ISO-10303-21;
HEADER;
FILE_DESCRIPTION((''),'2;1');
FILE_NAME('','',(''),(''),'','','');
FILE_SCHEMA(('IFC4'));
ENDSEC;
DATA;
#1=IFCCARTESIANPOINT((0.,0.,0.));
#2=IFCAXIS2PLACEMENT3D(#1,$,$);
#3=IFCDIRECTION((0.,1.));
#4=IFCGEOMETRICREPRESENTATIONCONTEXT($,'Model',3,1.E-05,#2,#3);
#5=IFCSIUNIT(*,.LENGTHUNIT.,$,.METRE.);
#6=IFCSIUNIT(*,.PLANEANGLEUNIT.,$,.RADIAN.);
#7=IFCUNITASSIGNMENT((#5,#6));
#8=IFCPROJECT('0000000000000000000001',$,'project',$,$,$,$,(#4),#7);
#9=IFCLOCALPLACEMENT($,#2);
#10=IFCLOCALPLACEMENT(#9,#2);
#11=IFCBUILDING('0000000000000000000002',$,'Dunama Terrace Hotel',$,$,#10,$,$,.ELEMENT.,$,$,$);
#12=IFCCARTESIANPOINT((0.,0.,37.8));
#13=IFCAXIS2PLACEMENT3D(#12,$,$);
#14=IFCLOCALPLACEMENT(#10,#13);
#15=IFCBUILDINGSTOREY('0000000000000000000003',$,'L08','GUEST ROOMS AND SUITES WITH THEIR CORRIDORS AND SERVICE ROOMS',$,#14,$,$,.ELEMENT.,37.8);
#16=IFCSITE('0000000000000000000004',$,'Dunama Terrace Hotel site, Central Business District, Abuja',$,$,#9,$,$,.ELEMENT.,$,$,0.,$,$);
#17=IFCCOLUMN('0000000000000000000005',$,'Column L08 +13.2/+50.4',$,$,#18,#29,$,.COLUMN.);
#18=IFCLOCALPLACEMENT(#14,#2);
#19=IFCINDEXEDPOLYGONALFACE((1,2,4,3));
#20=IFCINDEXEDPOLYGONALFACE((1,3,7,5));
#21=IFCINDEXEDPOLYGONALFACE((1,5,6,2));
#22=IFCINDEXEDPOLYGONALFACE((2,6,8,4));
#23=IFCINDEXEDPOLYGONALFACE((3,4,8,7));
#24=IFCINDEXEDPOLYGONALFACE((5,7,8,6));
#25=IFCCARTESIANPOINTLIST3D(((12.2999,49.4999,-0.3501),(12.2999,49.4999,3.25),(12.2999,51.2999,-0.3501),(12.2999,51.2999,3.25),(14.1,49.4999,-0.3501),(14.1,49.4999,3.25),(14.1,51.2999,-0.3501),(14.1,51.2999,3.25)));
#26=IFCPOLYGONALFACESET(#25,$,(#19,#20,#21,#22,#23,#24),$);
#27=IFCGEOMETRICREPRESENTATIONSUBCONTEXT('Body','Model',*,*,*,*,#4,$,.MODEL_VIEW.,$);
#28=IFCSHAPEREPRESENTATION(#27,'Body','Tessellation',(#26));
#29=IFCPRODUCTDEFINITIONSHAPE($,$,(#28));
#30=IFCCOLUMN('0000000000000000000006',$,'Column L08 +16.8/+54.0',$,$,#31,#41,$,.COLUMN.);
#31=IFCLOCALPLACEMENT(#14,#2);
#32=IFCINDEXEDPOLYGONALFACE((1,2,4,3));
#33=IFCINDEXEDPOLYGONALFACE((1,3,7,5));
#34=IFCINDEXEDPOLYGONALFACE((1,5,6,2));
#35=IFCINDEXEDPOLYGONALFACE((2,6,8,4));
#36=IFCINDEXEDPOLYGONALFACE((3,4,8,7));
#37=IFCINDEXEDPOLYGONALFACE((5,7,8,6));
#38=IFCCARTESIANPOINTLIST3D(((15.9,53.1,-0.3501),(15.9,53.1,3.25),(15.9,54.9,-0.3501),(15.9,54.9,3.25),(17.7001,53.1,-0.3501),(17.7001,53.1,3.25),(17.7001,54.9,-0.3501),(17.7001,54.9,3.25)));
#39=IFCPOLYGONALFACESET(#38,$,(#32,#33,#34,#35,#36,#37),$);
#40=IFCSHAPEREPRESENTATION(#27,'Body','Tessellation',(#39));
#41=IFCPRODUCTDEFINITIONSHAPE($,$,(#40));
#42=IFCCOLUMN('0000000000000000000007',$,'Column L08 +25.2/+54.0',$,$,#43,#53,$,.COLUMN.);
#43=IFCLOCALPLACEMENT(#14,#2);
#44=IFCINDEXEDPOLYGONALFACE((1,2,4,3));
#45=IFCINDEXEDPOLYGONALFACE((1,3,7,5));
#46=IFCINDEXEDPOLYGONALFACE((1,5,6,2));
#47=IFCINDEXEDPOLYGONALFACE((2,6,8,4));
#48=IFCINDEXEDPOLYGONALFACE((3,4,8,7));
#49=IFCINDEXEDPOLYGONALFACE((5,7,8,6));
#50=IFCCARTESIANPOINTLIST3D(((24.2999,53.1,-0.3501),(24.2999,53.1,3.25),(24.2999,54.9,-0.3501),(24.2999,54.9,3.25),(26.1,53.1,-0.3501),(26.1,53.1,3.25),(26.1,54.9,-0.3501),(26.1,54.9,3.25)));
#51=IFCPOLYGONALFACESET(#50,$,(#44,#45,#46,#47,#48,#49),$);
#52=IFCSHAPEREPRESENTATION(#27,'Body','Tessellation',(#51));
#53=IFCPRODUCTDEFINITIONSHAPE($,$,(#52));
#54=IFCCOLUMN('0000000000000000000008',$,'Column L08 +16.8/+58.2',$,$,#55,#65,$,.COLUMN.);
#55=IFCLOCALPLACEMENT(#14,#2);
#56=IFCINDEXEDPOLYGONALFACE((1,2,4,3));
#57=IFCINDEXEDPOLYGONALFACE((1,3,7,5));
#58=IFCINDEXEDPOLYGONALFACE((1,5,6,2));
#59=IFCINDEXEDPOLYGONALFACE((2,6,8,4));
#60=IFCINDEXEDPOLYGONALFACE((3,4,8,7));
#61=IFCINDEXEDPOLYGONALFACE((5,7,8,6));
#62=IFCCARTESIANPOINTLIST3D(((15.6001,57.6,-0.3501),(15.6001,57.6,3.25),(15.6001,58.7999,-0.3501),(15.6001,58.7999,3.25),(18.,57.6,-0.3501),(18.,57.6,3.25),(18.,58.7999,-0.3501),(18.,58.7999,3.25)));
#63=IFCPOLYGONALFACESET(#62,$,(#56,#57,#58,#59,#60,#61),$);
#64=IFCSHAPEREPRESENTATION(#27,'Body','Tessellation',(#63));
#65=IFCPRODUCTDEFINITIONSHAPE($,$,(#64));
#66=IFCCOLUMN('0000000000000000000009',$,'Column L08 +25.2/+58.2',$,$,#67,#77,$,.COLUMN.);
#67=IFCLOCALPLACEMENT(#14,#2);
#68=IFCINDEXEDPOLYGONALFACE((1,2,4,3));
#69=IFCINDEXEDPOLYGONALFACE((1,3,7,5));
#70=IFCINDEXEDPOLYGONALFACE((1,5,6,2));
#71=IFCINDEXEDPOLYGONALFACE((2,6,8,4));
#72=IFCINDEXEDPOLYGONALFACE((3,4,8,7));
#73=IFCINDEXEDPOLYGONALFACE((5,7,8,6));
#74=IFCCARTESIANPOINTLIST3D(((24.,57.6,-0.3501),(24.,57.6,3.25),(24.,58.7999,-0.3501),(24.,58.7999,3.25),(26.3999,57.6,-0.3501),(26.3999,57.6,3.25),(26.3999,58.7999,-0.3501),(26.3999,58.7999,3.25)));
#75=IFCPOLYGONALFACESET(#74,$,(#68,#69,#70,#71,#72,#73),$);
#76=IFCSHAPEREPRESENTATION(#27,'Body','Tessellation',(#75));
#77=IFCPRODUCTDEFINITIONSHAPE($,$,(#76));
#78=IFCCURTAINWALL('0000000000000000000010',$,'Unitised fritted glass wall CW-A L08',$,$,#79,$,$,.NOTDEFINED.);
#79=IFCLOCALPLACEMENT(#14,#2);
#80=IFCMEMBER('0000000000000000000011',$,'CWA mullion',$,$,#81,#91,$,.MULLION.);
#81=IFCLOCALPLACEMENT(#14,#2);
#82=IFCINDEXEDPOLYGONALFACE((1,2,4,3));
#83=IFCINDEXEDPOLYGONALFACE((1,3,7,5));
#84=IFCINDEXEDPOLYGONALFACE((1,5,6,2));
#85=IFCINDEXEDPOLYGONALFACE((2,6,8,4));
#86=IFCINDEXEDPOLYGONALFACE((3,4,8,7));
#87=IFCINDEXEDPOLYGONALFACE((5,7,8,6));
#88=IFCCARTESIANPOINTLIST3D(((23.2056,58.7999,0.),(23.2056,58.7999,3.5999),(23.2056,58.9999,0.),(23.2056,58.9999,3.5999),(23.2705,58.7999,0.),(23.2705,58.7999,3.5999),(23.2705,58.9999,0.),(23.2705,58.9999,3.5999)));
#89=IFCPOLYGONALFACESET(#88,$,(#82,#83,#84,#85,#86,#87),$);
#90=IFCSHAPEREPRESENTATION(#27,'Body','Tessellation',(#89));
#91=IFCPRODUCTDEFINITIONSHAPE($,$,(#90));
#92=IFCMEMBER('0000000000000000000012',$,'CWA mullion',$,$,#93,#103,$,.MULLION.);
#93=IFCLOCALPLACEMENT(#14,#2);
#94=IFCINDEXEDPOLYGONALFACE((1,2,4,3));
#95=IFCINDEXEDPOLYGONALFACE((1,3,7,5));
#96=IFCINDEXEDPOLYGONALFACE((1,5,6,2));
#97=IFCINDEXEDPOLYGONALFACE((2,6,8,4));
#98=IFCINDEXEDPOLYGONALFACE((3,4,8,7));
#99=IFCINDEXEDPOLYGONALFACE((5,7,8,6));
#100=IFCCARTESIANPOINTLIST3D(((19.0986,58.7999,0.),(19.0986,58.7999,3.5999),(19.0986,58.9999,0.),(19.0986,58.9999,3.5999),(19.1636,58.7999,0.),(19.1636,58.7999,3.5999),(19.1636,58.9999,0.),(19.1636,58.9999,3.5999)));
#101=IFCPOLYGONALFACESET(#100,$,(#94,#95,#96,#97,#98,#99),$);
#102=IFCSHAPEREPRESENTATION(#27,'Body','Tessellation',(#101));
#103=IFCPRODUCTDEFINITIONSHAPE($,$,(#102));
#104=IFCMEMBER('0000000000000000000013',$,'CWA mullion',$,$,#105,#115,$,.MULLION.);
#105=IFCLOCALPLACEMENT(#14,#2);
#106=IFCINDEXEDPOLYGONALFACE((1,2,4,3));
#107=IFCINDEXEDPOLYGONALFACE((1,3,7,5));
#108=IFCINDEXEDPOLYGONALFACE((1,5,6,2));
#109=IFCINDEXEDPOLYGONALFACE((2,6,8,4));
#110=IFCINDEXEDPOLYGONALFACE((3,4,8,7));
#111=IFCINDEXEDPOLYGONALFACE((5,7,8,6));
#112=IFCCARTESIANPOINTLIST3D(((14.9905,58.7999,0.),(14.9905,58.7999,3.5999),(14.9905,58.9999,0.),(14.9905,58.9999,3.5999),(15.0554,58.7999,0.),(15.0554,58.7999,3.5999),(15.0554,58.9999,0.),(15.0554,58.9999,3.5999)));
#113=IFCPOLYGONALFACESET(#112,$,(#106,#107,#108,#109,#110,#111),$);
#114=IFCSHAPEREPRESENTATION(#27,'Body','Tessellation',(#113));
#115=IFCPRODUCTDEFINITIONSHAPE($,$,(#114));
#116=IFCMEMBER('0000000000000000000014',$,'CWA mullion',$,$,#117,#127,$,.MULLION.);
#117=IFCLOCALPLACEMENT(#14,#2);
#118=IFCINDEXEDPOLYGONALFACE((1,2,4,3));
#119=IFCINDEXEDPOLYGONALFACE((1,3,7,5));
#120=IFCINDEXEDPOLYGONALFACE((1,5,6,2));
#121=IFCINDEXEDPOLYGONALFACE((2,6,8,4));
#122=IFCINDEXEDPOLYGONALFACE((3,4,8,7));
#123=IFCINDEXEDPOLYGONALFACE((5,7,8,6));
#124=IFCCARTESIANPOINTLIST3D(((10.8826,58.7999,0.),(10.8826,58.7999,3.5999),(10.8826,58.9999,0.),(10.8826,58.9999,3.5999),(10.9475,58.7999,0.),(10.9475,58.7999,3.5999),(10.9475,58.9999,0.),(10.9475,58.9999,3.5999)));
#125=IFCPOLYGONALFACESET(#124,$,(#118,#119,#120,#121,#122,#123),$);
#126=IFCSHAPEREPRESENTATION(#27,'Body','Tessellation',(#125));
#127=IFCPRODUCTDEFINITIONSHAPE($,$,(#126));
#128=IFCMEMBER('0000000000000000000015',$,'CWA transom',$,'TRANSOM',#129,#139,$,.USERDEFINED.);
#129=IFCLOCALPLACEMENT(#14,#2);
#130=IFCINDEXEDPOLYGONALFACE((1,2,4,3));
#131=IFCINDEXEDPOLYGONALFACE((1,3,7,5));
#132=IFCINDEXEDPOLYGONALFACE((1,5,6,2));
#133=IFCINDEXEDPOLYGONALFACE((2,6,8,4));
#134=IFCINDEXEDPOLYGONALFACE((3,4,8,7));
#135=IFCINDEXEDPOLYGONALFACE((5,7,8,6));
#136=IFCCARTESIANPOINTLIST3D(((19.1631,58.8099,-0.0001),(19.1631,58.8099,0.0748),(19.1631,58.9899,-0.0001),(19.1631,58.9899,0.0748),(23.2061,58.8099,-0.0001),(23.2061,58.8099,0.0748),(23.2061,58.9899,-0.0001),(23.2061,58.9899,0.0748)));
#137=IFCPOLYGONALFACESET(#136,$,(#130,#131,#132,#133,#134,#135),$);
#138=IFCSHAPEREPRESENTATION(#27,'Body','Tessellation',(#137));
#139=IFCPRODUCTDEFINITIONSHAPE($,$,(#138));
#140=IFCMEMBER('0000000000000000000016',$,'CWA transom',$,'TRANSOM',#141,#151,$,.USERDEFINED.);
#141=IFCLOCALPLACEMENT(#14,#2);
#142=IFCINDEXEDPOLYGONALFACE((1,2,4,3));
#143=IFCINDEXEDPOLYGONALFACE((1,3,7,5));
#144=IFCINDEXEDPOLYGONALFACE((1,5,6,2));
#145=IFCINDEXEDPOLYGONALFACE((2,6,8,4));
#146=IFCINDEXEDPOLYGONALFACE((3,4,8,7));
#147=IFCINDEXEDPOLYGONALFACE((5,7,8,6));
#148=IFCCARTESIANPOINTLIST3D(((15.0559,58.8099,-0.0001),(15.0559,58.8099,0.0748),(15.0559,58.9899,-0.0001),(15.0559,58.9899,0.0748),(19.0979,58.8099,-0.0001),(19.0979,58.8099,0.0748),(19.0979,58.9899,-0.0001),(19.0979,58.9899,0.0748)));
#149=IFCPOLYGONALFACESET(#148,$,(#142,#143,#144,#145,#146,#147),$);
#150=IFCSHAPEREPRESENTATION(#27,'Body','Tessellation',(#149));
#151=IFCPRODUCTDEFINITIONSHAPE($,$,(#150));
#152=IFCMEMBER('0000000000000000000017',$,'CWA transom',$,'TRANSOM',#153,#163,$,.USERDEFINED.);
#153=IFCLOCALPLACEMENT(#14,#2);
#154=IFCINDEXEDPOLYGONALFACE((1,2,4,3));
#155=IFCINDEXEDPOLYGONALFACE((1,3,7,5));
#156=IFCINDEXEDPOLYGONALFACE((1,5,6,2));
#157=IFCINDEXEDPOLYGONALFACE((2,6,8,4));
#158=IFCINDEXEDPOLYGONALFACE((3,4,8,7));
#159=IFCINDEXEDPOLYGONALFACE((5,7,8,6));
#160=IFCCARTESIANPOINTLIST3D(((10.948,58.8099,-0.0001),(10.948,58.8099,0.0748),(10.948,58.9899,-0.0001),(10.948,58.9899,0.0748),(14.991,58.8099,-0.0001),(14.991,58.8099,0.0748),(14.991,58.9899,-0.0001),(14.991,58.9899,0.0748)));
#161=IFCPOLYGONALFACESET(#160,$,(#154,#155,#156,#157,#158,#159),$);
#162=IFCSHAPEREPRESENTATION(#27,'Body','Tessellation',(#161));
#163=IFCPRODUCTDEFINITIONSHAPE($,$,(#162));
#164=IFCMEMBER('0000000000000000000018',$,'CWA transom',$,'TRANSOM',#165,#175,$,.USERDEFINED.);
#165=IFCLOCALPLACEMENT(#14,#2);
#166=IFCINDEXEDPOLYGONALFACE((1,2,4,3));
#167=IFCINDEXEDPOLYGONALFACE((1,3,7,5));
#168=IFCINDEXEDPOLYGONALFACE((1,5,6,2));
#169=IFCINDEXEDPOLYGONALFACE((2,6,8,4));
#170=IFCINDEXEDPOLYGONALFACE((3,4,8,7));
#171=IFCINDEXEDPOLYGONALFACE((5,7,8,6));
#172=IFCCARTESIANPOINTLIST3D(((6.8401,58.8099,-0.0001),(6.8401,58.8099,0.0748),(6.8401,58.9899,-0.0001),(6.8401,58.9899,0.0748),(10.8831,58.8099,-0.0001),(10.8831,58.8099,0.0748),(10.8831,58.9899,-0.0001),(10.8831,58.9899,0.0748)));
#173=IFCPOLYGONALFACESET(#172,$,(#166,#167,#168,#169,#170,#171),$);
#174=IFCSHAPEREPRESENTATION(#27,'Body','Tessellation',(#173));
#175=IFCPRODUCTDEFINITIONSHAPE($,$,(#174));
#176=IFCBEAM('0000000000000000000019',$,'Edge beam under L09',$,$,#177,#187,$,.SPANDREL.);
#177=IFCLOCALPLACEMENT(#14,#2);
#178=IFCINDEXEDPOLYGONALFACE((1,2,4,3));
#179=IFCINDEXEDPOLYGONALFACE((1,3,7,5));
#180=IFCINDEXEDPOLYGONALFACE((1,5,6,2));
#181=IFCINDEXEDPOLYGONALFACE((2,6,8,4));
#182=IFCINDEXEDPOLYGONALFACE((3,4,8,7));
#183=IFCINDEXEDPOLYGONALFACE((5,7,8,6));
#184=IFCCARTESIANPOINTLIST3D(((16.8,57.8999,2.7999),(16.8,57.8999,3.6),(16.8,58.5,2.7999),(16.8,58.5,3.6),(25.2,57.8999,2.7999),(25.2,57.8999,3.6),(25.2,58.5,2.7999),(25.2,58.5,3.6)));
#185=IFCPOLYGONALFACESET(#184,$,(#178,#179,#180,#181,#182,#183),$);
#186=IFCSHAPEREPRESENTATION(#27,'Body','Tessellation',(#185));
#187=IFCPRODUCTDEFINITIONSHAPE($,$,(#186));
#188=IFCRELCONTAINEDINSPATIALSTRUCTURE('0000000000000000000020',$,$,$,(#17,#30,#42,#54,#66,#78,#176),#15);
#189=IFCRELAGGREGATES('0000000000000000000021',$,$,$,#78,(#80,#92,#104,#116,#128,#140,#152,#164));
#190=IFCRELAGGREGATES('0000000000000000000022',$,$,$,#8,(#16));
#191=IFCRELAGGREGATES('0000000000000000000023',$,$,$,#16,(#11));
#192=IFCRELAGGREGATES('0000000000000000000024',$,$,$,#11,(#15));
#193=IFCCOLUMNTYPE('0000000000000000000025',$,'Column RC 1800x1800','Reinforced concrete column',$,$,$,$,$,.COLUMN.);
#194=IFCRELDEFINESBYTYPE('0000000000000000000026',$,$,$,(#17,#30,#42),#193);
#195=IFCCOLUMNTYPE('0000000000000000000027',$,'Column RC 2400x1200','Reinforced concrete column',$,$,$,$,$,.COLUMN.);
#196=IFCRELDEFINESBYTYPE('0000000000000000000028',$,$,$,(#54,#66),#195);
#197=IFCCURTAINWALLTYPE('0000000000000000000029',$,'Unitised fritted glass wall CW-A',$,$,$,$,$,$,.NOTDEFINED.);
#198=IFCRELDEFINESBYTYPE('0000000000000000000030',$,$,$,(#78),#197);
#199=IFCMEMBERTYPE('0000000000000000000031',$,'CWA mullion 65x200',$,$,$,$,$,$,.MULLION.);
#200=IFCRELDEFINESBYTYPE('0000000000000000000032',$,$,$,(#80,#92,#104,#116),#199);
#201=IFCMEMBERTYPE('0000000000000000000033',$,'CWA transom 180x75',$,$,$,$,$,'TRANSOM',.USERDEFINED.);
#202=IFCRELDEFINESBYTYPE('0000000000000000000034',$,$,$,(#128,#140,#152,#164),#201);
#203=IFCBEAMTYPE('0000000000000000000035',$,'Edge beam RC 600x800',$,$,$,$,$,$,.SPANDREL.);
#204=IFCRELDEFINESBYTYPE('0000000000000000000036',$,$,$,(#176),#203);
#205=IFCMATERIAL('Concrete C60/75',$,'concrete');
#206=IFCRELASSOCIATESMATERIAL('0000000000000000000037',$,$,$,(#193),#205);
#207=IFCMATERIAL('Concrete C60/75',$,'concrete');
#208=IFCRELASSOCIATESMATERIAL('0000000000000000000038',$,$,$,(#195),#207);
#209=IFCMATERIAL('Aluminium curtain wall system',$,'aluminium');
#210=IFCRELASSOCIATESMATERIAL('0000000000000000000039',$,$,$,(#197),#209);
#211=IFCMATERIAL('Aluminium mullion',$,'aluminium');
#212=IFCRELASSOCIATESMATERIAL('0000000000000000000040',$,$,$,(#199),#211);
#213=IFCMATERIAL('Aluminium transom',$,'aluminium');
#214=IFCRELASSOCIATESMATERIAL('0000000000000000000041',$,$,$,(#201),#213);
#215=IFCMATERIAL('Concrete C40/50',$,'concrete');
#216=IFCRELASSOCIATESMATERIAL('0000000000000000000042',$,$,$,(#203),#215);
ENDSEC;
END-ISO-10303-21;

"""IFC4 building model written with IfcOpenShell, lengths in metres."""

from ifc_helpers import new_model, si_unit, direction, frame, origin, origin_2d, place, context, subcontext, project, spatial, rectangle, extrude, material, material_profile, profile_set, type_object, element, aggregate, save


model = new_model("IFC4")

# Units and contexts
model_context = context("Model", 3, precision=1e-05, world=origin(), true_north=direction((0.0, 1.0)))
body_context = subcontext(model_context, "Body", "Model", "MODEL_VIEW")
ifc_project = project(units=[si_unit("LENGTHUNIT", "METRE"), si_unit("PLANEANGLEUNIT", "RADIAN")], contexts=[model_context])

# Site, building, storey
site_placement = place(None, origin())
site = spatial("IfcSite", under=ifc_project, at=site_placement, Name="Dunama Terrace Hotel site, Central Business District, Abuja", CompositionType="ELEMENT", RefElevation=0.0)
building_placement = place(site_placement, origin())
building = spatial("IfcBuilding", under=site, at=building_placement, Name="Dunama Terrace Hotel", CompositionType="ELEMENT")
storey_placement = place(building_placement, frame((0.0, 0.0, 37.8)))
storey = spatial("IfcBuildingStorey", under=building, at=storey_placement, Name="L08", Description="GUEST ROOMS AND SUITES WITH THEIR CORRIDORS AND SERVICE ROOMS", CompositionType="ELEMENT", Elevation=37.8)

# Columns
ifc_material_1 = material(Name="Concrete C60/75", Category="concrete")
ifc_material_profile_1 = material_profile(ifc_material_1, rectangle(XDim=1.8, YDim=1.8, at=origin_2d()), Name="RC 1800x1800")
ifc_profile_set_1 = profile_set([ifc_material_profile_1], Name="Concrete C60/75")
column_type_1 = type_object("IfcColumnType", Name="Column RC 1800x1800", Description="Reinforced concrete column", PredefinedType="COLUMN", material=ifc_profile_set_1)
for number, where, z_axis, x_axis, name in (
    (1, (13.2, 50.3999, -0.3501), (0.0, 0.0, 1.0), (1.0, 0.0, 0.0), "Column L08 +13.2/+50.4"),
    (2, (16.8, 54.0, -0.3501), (0.0, 0.0, 1.0), (1.0, 0.0, 0.0), "Column L08 +16.8/+54.0"),
    (3, (25.2, 54.0, -0.3501), (0.0, 0.0, 1.0), (1.0, 0.0, 0.0), "Column L08 +25.2/+54.0"),
):
    element("IfcColumn", number, at=place(storey_placement, frame(where, z_axis=z_axis, x_axis=x_axis)), inside=storey, type_object=column_type_1, Name=name, PredefinedType="COLUMN", context=body_context, shape_type="SweptSolid", body=[
        extrude(rectangle(XDim=1.8, YDim=1.8, at=origin_2d()), origin(), (0.0, 0.0, 1.0), 3.6001),
    ])
ifc_material_2 = material(Name="Concrete C60/75", Category="concrete")
ifc_material_profile_2 = material_profile(ifc_material_2, rectangle(XDim=2.3999, YDim=1.2, at=origin_2d()), Name="RC 2400x1200")
ifc_profile_set_2 = profile_set([ifc_material_profile_2], Name="Concrete C60/75")
column_type_2 = type_object("IfcColumnType", Name="Column RC 2400x1200", Description="Reinforced concrete column", PredefinedType="COLUMN", material=ifc_profile_set_2)
for number, where, z_axis, x_axis, name in (
    (4, (16.8, 58.2, -0.3501), (0.0, 0.0, 1.0), (1.0, 0.0, 0.0), "Column L08 +16.8/+58.2"),
    (5, (25.2, 58.2, -0.3501), (0.0, 0.0, 1.0), (1.0, 0.0, 0.0), "Column L08 +25.2/+58.2"),
):
    element("IfcColumn", number, at=place(storey_placement, frame(where, z_axis=z_axis, x_axis=x_axis)), inside=storey, type_object=column_type_2, Name=name, PredefinedType="COLUMN", context=body_context, shape_type="SweptSolid", body=[
        extrude(rectangle(XDim=2.3999, YDim=1.2, at=origin_2d()), origin(), (0.0, 0.0, 1.0), 3.6001),
    ])

# Curtain wall, members
ifc_material_3 = material(Name="Aluminium curtain wall system", Category="aluminium")
curtain_wall_type = type_object("IfcCurtainWallType", Name="Unitised fritted glass wall CW-A", PredefinedType="NOTDEFINED", material=ifc_material_3)
curtain_wall_placement = place(storey_placement, origin())
curtain_wall = element("IfcCurtainWall", 6, at=curtain_wall_placement, inside=storey, type_object=curtain_wall_type, Name="Unitised fritted glass wall CW-A L08", PredefinedType="NOTDEFINED")
ifc_material_4 = material(Name="Aluminium mullion", Category="aluminium")
ifc_material_profile_3 = material_profile(ifc_material_4, rectangle(XDim=0.0649, YDim=0.2, at=origin_2d()), Name="CWA MULLION 65X200")
ifc_profile_set_3 = profile_set([ifc_material_profile_3], Name="Aluminium mullion")
member_type_1 = type_object("IfcMemberType", Name="CWA mullion 65x200", PredefinedType="MULLION", material=ifc_profile_set_3)
member_1_placement = place(storey_placement, frame((23.238, 58.8999, 0.0), z_axis=(0.0, 0.0, 1.0), x_axis=(-1.0, 0.0, 0.0)))
member_1 = element("IfcMember", 7, at=member_1_placement, type_object=member_type_1, Name="CWA mullion", PredefinedType="MULLION", context=body_context, shape_type="SweptSolid", body=[
    extrude(rectangle(XDim=0.0649, YDim=0.2, at=origin_2d()), origin(), (0.0, 0.0, 1.0), 3.5999),
])
member_2_placement = place(storey_placement, frame((19.1311, 58.8999, 0.0), z_axis=(0.0, 0.0, 1.0), x_axis=(-1.0, 0.0, 0.0)))
member_2 = element("IfcMember", 8, at=member_2_placement, type_object=member_type_1, Name="CWA mullion", PredefinedType="MULLION", context=body_context, shape_type="SweptSolid", body=[
    extrude(rectangle(XDim=0.0649, YDim=0.2, at=origin_2d()), origin(), (0.0, 0.0, 1.0), 3.5999),
])
member_3_placement = place(storey_placement, frame((15.0229, 58.8999, 0.0), z_axis=(0.0, 0.0, 1.0), x_axis=(-1.0, 0.0, 0.0)))
member_3 = element("IfcMember", 9, at=member_3_placement, type_object=member_type_1, Name="CWA mullion", PredefinedType="MULLION", context=body_context, shape_type="SweptSolid", body=[
    extrude(rectangle(XDim=0.0649, YDim=0.2, at=origin_2d()), origin(), (0.0, 0.0, 1.0), 3.5999),
])
member_4_placement = place(storey_placement, frame((10.915, 58.8999, 0.0), z_axis=(0.0, 0.0, 1.0), x_axis=(-1.0, 0.0, 0.0)))
member_4 = element("IfcMember", 10, at=member_4_placement, type_object=member_type_1, Name="CWA mullion", PredefinedType="MULLION", context=body_context, shape_type="SweptSolid", body=[
    extrude(rectangle(XDim=0.0649, YDim=0.2, at=origin_2d()), origin(), (0.0, 0.0, 1.0), 3.5999),
])
ifc_material_5 = material(Name="Aluminium transom", Category="aluminium")
ifc_material_profile_4 = material_profile(ifc_material_5, rectangle(XDim=0.1799, YDim=0.075, at=origin_2d()), Name="CWA TRANSOM 180X75")
ifc_profile_set_4 = profile_set([ifc_material_profile_4], Name="Aluminium transom")
member_type_2 = type_object("IfcMemberType", Name="CWA transom 180x75", ElementType="TRANSOM", PredefinedType="USERDEFINED", material=ifc_profile_set_4)
member_5_placement = place(storey_placement, frame((23.2061, 58.8999, 0.0374), z_axis=(-1.0, 0.0, 0.0), x_axis=(0.0, -1.0, 0.0)))
member_5 = element("IfcMember", 11, at=member_5_placement, type_object=member_type_2, Name="CWA transom", ObjectType="TRANSOM", PredefinedType="USERDEFINED", context=body_context, shape_type="SweptSolid", body=[
    extrude(rectangle(XDim=0.1799, YDim=0.075, at=origin_2d()), origin(), (0.0, 0.0, 1.0), 4.043),
])
member_6_placement = place(storey_placement, frame((19.0979, 58.8999, 0.0374), z_axis=(-1.0, 0.0, 0.0), x_axis=(0.0, -1.0, 0.0)))
member_6 = element("IfcMember", 12, at=member_6_placement, type_object=member_type_2, Name="CWA transom", ObjectType="TRANSOM", PredefinedType="USERDEFINED", context=body_context, shape_type="SweptSolid", body=[
    extrude(rectangle(XDim=0.1799, YDim=0.075, at=origin_2d()), origin(), (0.0, 0.0, 1.0), 4.042),
])
member_7_placement = place(storey_placement, frame((14.991, 58.8999, 0.0374), z_axis=(-1.0, 0.0, 0.0), x_axis=(0.0, -1.0, 0.0)))
member_7 = element("IfcMember", 13, at=member_7_placement, type_object=member_type_2, Name="CWA transom", ObjectType="TRANSOM", PredefinedType="USERDEFINED", context=body_context, shape_type="SweptSolid", body=[
    extrude(rectangle(XDim=0.1799, YDim=0.075, at=origin_2d()), origin(), (0.0, 0.0, 1.0), 4.043),
])
member_8_placement = place(storey_placement, frame((10.8831, 58.8999, 0.0374), z_axis=(-1.0, 0.0, 0.0), x_axis=(0.0, -1.0, 0.0)))
member_8 = element("IfcMember", 14, at=member_8_placement, type_object=member_type_2, Name="CWA transom", ObjectType="TRANSOM", PredefinedType="USERDEFINED", context=body_context, shape_type="SweptSolid", body=[
    extrude(rectangle(XDim=0.1799, YDim=0.075, at=origin_2d()), origin(), (0.0, 0.0, 1.0), 4.043),
])

# Beam
ifc_material_6 = material(Name="Concrete C40/50", Category="concrete")
ifc_material_profile_5 = material_profile(ifc_material_6, rectangle(XDim=0.6001, YDim=0.8, at=origin_2d()), Name="RC 600x800")
ifc_profile_set_5 = profile_set([ifc_material_profile_5], Name="Concrete C40/50")
beam_type = type_object("IfcBeamType", Name="Edge beam RC 600x800", PredefinedType="SPANDREL", material=ifc_profile_set_5)
beam_1_placement = place(storey_placement, frame((16.8, 58.2, 3.2), z_axis=(1.0, 0.0, 0.0), x_axis=(0.0, 1.0, 0.0)))
element("IfcBeam", 15, at=beam_1_placement, inside=storey, type_object=beam_type, Name="Edge beam under L09", PredefinedType="SPANDREL", context=body_context, shape_type="SweptSolid", body=[
    extrude(rectangle(XDim=0.6001, YDim=0.8, at=origin_2d()), origin(), (0.0, 0.0, 1.0), 8.3999),
])

aggregate(curtain_wall, [member_1, member_2, member_3, member_4, member_5, member_6, member_7, member_8])

save(model, "model.ifc")
